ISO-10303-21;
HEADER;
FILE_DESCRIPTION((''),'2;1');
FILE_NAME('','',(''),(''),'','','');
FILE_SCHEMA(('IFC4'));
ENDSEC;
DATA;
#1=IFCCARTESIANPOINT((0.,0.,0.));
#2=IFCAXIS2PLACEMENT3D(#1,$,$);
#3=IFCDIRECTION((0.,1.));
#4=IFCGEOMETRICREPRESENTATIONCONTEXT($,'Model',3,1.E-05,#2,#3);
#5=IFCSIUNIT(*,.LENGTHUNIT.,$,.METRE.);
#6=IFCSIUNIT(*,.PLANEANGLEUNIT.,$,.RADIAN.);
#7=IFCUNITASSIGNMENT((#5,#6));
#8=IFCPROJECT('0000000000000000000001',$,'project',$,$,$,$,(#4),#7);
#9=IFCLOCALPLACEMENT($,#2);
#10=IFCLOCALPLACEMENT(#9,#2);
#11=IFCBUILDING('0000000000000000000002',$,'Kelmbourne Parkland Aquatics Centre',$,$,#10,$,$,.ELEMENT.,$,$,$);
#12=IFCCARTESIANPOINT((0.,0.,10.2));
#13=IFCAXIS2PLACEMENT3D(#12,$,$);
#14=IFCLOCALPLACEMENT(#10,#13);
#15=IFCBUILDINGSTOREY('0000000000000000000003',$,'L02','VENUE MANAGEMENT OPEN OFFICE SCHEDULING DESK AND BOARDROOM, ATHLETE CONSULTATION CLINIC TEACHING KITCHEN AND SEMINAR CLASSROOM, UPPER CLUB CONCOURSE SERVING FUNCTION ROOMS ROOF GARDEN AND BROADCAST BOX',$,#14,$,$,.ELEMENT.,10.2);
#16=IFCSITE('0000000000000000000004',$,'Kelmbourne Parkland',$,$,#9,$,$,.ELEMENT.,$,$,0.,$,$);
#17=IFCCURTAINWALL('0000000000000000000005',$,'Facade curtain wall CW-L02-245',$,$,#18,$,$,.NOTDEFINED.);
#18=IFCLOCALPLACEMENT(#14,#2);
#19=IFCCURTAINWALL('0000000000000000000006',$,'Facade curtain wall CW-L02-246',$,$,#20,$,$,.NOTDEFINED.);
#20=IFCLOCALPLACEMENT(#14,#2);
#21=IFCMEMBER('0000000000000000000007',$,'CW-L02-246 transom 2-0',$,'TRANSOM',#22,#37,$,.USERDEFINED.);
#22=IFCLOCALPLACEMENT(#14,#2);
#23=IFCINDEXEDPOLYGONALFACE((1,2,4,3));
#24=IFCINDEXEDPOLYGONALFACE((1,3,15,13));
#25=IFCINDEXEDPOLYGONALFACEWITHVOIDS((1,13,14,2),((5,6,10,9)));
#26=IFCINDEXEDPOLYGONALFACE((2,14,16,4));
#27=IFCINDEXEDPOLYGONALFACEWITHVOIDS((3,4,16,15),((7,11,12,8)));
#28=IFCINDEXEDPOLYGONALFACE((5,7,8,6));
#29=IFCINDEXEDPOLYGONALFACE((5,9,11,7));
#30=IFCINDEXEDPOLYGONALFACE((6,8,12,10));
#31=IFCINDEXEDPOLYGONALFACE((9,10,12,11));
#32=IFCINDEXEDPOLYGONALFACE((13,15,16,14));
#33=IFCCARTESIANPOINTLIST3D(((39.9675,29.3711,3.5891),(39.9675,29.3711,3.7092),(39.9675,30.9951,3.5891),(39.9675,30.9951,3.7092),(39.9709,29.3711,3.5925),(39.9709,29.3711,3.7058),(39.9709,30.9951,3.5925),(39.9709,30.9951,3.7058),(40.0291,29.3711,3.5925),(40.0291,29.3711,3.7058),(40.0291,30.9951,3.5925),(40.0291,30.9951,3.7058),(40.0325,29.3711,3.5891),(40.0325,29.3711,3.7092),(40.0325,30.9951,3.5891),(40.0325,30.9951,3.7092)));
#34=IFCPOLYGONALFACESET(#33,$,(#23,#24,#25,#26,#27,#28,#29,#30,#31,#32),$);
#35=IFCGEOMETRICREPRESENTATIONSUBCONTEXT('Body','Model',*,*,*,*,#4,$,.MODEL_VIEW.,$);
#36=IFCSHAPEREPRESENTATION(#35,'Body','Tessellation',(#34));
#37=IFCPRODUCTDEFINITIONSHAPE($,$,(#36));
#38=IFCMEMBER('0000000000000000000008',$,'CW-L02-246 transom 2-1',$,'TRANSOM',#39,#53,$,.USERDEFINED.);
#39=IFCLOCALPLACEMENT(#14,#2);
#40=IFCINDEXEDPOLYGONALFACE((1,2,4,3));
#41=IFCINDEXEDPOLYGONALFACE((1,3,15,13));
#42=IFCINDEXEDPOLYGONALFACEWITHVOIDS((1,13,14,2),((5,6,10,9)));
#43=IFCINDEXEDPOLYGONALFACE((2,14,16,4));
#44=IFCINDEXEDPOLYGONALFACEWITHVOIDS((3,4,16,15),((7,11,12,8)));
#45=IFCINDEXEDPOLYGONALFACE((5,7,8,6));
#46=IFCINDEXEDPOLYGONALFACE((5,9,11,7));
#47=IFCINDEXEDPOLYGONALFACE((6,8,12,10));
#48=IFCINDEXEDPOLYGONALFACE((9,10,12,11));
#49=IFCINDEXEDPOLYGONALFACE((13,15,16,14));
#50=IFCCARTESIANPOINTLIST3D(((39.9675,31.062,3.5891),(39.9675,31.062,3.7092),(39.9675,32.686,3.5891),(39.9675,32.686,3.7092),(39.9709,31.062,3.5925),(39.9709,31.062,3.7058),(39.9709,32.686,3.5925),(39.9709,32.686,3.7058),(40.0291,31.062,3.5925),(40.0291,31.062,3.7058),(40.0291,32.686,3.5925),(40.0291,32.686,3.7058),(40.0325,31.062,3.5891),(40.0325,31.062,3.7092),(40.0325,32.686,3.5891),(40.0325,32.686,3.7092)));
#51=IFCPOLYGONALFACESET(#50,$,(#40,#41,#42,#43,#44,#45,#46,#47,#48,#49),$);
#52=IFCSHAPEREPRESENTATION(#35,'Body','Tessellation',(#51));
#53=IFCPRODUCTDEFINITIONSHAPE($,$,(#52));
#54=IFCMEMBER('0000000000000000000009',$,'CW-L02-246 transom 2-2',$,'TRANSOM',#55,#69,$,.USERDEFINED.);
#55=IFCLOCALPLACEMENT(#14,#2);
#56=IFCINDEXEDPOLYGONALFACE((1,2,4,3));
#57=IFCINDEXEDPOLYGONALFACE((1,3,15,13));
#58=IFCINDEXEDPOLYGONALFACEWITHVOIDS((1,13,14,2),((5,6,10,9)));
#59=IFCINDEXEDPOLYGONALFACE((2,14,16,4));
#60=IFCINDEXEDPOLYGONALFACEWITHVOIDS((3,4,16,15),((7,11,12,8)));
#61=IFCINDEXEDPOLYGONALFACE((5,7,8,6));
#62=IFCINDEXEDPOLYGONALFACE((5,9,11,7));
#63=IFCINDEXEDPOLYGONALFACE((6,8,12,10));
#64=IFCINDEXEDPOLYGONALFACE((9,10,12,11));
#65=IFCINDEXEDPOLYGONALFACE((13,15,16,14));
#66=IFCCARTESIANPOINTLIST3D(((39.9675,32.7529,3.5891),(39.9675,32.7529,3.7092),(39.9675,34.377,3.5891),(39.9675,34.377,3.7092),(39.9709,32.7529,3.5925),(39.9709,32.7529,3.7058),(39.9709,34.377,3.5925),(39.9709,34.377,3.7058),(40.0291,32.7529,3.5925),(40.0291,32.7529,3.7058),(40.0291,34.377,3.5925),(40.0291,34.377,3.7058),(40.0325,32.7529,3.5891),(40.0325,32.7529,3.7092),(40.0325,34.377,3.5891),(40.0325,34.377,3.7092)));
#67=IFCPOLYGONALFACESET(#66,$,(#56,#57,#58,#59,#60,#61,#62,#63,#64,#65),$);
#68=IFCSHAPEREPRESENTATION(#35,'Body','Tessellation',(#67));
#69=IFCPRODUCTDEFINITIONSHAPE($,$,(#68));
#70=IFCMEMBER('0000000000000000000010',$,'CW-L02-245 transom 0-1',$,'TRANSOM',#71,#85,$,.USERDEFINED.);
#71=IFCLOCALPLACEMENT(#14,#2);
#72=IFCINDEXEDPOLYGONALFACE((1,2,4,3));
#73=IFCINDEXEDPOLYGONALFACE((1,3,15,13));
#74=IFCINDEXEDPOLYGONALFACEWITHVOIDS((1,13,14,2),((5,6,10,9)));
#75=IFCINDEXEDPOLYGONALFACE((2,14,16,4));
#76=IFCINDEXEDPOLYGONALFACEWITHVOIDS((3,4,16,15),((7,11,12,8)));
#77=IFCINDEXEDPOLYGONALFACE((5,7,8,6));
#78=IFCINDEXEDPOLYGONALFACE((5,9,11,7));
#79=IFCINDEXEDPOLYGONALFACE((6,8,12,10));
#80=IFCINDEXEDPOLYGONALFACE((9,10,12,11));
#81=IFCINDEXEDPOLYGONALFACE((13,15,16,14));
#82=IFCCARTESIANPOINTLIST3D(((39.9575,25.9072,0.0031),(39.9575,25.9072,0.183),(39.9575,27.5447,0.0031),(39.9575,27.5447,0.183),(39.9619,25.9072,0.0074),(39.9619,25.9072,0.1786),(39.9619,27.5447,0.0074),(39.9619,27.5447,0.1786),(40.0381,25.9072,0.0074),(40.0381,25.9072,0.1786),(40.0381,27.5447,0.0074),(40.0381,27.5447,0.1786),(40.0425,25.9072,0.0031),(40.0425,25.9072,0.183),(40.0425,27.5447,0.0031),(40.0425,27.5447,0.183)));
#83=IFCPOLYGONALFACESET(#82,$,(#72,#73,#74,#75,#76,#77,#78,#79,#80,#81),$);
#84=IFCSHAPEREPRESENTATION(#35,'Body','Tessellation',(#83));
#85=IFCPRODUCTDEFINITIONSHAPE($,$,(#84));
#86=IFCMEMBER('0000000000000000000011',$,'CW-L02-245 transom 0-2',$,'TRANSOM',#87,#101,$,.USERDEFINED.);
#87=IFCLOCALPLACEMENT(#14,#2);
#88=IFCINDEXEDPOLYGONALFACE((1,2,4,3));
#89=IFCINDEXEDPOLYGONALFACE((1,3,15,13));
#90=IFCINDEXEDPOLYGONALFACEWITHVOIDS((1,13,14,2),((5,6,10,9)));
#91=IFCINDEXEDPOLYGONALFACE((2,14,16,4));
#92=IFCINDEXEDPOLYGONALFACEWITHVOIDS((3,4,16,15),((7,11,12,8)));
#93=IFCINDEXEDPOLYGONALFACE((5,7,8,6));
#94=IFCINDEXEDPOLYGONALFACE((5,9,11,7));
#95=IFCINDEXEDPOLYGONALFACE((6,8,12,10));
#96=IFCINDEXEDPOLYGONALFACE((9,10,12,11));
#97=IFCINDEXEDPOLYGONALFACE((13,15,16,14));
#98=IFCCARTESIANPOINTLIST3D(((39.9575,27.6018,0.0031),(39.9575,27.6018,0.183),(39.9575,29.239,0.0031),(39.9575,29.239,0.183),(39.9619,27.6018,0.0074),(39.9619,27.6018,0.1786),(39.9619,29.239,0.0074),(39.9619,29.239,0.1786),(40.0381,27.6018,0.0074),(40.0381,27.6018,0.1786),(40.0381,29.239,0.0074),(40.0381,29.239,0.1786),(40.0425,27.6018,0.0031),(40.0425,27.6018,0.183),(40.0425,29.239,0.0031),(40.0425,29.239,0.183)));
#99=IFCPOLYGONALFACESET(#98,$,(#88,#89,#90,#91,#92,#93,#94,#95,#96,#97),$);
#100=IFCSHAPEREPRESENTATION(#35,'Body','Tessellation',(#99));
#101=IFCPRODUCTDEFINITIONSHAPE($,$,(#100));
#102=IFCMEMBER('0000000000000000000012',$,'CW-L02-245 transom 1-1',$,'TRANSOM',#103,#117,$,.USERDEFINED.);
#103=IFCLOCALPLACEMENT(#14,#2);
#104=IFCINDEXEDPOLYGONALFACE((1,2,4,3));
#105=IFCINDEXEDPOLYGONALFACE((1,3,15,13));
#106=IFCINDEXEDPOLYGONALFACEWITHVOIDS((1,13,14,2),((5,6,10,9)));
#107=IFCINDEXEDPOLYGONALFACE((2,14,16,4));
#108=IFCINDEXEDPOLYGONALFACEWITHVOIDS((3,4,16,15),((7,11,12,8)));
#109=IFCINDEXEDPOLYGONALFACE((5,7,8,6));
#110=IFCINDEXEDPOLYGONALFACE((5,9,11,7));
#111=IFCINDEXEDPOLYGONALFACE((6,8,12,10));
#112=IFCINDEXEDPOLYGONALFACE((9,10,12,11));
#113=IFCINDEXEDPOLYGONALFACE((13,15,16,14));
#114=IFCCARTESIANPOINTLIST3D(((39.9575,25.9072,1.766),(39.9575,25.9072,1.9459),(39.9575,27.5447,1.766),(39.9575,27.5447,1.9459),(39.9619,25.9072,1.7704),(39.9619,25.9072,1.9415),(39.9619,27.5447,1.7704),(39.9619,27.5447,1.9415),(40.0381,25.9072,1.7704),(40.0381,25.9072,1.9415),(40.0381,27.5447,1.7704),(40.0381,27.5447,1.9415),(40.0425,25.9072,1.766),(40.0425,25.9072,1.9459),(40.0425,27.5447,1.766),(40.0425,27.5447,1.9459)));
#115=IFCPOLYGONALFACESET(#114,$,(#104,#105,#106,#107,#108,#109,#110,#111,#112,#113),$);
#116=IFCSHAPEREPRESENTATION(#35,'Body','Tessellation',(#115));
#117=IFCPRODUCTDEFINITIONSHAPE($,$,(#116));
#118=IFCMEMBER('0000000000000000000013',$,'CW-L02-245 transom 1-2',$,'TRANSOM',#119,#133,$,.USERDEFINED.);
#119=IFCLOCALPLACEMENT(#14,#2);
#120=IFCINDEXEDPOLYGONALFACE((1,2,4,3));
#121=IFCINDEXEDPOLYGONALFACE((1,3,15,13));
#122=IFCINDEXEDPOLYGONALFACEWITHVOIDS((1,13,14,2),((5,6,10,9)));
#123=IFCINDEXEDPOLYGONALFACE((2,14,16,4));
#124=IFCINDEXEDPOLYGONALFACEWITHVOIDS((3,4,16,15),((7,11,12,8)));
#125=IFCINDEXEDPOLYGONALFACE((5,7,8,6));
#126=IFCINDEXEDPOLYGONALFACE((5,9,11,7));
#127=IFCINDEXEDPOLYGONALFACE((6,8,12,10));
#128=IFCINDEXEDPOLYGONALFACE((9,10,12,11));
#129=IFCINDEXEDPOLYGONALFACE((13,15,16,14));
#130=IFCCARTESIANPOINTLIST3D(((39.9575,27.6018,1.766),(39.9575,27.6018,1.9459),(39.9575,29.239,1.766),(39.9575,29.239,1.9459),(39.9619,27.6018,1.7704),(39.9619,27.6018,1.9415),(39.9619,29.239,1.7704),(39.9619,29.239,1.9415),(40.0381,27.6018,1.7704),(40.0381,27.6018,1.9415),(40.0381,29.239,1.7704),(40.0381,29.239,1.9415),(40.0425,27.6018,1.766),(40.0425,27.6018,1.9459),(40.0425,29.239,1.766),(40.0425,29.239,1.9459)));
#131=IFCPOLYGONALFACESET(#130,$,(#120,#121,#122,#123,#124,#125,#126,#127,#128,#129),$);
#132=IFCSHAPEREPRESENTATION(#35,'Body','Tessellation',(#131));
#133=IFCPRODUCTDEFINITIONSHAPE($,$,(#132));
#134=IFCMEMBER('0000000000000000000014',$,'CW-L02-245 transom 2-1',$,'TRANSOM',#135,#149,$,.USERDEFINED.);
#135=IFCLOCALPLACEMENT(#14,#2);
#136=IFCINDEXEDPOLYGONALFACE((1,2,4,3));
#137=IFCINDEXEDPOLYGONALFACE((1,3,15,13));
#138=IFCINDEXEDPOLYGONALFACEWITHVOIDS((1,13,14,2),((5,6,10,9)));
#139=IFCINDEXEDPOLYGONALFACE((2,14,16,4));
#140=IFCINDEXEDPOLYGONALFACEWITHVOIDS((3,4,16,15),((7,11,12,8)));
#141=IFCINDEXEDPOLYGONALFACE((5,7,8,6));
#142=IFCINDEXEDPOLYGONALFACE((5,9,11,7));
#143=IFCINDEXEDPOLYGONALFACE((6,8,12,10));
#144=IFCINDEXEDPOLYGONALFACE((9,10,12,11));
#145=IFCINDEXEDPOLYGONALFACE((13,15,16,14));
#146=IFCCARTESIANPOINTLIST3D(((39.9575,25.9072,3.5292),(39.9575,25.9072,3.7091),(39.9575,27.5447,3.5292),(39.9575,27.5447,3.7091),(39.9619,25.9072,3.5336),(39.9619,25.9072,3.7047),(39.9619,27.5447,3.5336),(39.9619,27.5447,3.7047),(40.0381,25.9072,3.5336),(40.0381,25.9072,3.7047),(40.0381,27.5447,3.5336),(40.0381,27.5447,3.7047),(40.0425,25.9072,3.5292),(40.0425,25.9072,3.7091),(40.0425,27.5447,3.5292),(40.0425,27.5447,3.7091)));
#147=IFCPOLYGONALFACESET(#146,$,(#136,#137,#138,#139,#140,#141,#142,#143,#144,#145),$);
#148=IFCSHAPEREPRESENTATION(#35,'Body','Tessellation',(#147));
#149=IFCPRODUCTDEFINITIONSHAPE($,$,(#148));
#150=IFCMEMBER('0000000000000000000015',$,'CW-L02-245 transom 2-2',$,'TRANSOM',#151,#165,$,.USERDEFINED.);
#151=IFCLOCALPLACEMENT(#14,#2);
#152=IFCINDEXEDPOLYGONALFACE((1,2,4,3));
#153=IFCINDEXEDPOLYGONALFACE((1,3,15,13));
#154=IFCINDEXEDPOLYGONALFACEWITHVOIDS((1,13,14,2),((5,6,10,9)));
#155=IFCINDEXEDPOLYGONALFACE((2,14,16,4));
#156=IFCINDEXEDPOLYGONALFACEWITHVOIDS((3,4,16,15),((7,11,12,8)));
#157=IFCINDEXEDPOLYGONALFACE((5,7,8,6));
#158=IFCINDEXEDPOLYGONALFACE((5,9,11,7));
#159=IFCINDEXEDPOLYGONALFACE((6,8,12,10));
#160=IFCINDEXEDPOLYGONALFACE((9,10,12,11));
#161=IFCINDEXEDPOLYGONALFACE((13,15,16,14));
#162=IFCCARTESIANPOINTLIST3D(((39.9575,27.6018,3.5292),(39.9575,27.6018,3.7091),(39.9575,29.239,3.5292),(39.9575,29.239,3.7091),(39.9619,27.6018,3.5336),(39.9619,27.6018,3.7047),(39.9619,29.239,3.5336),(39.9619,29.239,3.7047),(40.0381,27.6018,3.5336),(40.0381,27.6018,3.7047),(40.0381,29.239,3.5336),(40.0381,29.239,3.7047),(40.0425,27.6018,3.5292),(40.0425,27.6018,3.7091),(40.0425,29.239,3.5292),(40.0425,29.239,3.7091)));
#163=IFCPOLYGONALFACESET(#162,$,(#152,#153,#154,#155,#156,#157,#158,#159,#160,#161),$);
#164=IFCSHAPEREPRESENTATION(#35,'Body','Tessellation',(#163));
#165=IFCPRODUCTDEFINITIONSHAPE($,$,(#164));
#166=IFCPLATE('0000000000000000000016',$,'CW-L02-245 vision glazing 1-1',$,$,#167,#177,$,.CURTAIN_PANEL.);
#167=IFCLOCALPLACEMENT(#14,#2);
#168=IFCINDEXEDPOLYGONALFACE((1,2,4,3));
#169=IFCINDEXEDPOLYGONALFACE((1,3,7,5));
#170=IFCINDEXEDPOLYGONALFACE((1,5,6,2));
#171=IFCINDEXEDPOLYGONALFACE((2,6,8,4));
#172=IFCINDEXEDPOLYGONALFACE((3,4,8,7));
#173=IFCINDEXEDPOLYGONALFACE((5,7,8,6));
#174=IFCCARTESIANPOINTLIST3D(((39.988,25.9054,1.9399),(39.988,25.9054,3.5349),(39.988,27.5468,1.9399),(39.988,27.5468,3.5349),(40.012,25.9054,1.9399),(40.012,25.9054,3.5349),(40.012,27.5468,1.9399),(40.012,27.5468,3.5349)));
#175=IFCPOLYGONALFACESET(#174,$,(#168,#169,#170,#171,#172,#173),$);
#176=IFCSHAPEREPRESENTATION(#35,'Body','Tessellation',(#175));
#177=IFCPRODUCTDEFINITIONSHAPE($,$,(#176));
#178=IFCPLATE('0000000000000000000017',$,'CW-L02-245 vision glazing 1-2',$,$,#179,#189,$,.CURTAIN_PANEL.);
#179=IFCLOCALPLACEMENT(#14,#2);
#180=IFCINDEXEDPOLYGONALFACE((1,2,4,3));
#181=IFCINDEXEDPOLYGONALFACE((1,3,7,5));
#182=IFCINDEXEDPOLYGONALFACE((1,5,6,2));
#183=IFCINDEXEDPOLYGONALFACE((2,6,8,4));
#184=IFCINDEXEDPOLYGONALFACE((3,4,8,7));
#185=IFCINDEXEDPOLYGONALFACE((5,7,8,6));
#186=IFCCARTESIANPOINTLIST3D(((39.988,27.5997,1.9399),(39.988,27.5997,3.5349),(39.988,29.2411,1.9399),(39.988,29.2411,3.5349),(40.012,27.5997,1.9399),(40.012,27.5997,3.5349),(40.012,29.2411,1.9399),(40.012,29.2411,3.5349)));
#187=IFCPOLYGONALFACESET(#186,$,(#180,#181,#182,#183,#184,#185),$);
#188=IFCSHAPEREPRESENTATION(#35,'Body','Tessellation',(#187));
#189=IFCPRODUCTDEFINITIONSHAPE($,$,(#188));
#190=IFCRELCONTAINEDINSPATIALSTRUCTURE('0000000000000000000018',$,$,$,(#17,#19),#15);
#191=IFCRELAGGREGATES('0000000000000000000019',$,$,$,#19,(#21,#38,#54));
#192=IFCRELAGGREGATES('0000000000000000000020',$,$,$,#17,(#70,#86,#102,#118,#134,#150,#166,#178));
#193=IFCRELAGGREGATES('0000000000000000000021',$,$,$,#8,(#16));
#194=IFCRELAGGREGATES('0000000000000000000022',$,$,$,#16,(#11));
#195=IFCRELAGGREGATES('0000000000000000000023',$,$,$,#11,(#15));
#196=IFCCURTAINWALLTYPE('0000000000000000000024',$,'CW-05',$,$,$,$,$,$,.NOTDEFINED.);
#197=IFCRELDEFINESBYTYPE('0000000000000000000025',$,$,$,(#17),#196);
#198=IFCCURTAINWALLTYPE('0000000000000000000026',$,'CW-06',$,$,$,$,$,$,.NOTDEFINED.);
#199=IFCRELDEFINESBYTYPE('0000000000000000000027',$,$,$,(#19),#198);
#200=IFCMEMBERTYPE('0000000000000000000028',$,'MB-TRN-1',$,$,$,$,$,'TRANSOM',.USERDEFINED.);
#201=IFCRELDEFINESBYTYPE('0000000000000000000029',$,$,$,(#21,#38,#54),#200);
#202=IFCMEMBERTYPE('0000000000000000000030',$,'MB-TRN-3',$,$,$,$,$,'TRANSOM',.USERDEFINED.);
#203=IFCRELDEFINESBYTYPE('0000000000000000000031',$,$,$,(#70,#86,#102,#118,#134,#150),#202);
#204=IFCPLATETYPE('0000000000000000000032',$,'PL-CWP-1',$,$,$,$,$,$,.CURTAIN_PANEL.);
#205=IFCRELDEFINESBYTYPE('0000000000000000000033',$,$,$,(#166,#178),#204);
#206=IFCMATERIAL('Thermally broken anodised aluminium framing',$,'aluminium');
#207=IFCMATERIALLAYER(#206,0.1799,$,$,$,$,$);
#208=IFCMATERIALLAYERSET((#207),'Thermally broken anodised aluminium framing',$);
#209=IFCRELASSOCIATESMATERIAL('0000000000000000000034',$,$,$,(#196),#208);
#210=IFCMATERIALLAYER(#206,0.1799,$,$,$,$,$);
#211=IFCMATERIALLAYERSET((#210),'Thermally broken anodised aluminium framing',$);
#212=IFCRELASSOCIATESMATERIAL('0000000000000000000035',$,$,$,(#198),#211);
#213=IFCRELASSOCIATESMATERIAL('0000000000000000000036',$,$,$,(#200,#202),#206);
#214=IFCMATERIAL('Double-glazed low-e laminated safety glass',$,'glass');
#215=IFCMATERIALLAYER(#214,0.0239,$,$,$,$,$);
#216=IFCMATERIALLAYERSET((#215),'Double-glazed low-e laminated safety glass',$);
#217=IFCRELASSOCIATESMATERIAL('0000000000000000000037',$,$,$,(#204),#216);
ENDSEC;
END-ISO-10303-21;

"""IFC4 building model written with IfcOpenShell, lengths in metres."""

from ifc_helpers import new_model, si_unit, direction, frame, origin, origin_2d, place, context, subcontext, project, spatial, rectangle, hollow_rectangle, extrude, material, layer, layer_set, material_profile, profile_set, type_object, element, aggregate, save


model = new_model("IFC4")

# Units and contexts
model_context = context("Model", 3, precision=1e-05, world=origin(), true_north=direction((0.0, 1.0)))
body_context = subcontext(model_context, "Body", "Model", "MODEL_VIEW")
ifc_project = project(units=[si_unit("LENGTHUNIT", "METRE"), si_unit("PLANEANGLEUNIT", "RADIAN")], contexts=[model_context])

# Site, building, storey
site_placement = place(None, origin())
site = spatial("IfcSite", under=ifc_project, at=site_placement, Name="Kelmbourne Parkland", CompositionType="ELEMENT", RefElevation=0.0)
building_placement = place(site_placement, origin())
building = spatial("IfcBuilding", under=site, at=building_placement, Name="Kelmbourne Parkland Aquatics Centre", CompositionType="ELEMENT")
storey_placement = place(building_placement, frame((0.0, 0.0, 10.2)))
storey = spatial("IfcBuildingStorey", under=building, at=storey_placement, Name="L02", Description="VENUE MANAGEMENT OPEN OFFICE SCHEDULING DESK AND BOARDROOM, ATHLETE CONSULTATION CLINIC TEACHING KITCHEN AND SEMINAR CLASSROOM, UPPER CLUB CONCOURSE SERVING FUNCTION ROOMS ROOF GARDEN AND BROADCAST BOX", CompositionType="ELEMENT", Elevation=10.2)

# Curtain walls, members
ifc_material_1 = material(Name="Thermally broken anodised aluminium framing", Category="aluminium")
ifc_layer_1 = layer(ifc_material_1, 0.1799)
ifc_layer_set_1 = layer_set([ifc_layer_1], Name="Thermally broken anodised aluminium framing")
curtain_wall_type_1 = type_object("IfcCurtainWallType", Name="CW-05", PredefinedType="NOTDEFINED", material=ifc_layer_set_1)
curtain_wall_1_placement = place(storey_placement, origin())
curtain_wall_1 = element("IfcCurtainWall", 1, at=curtain_wall_1_placement, inside=storey, type_object=curtain_wall_type_1, Name="Facade curtain wall CW-L02-245", PredefinedType="NOTDEFINED")
ifc_layer_2 = layer(ifc_material_1, 0.1799)
ifc_layer_set_2 = layer_set([ifc_layer_2], Name="Thermally broken anodised aluminium framing")
curtain_wall_type_2 = type_object("IfcCurtainWallType", Name="CW-06", PredefinedType="NOTDEFINED", material=ifc_layer_set_2)
curtain_wall_2_placement = place(storey_placement, origin())
curtain_wall_2 = element("IfcCurtainWall", 2, at=curtain_wall_2_placement, inside=storey, type_object=curtain_wall_type_2, Name="Facade curtain wall CW-L02-246", PredefinedType="NOTDEFINED")
ifc_material_profile_1 = material_profile(ifc_material_1, hollow_rectangle(XDim=0.0649, YDim=0.1201, WallThickness=0.0034, at=origin_2d()), Name="CW-T 65x120")
ifc_profile_set_1 = profile_set([ifc_material_profile_1], Name="Thermally broken anodised aluminium framing")
member_type_1 = type_object("IfcMemberType", Name="MB-TRN-1", ElementType="TRANSOM", PredefinedType="USERDEFINED", material=ifc_profile_set_1)
member_1_placement = place(storey_placement, frame((40.0, 29.3711, 3.6492), z_axis=(0.0, 1.0, 0.0), x_axis=(-1.0, 0.0, 0.0)))
member_1 = element("IfcMember", 3, at=member_1_placement, type_object=member_type_1, Name="CW-L02-246 transom 2-0", ObjectType="TRANSOM", PredefinedType="USERDEFINED", context=body_context, shape_type="SweptSolid", body=[
    extrude(hollow_rectangle(XDim=0.0649, YDim=0.1201, WallThickness=0.0034, at=origin_2d()), origin(), (0.0, 0.0, 1.0), 1.624),
])
member_2_placement = place(storey_placement, frame((40.0, 31.062, 3.6492), z_axis=(0.0, 1.0, 0.0), x_axis=(-1.0, 0.0, 0.0)))
member_2 = element("IfcMember", 4, at=member_2_placement, type_object=member_type_1, Name="CW-L02-246 transom 2-1", ObjectType="TRANSOM", PredefinedType="USERDEFINED", context=body_context, shape_type="SweptSolid", body=[
    extrude(hollow_rectangle(XDim=0.0649, YDim=0.1201, WallThickness=0.0034, at=origin_2d()), origin(), (0.0, 0.0, 1.0), 1.624),
])
member_3_placement = place(storey_placement, frame((40.0, 32.7529, 3.6492), z_axis=(0.0, 1.0, 0.0), x_axis=(-1.0, 0.0, 0.0)))
member_3 = element("IfcMember", 5, at=member_3_placement, type_object=member_type_1, Name="CW-L02-246 transom 2-2", ObjectType="TRANSOM", PredefinedType="USERDEFINED", context=body_context, shape_type="SweptSolid", body=[
    extrude(hollow_rectangle(XDim=0.0649, YDim=0.1201, WallThickness=0.0034, at=origin_2d()), origin(), (0.0, 0.0, 1.0), 1.624),
])

# Members
ifc_material_profile_2 = material_profile(ifc_material_1, hollow_rectangle(XDim=0.085, YDim=0.1799, WallThickness=0.0044, at=origin_2d()), Name="CW-T 85x180")
ifc_profile_set_2 = profile_set([ifc_material_profile_2], Name="Thermally broken anodised aluminium framing")
member_type_2 = type_object("IfcMemberType", Name="MB-TRN-3", ElementType="TRANSOM", PredefinedType="USERDEFINED", material=ifc_profile_set_2)
member_4_placement = place(storey_placement, frame((40.0, 25.9072, 0.093), z_axis=(0.0, 1.0, 0.0), x_axis=(-1.0, 0.0, 0.0)))
member_4 = element("IfcMember", 6, at=member_4_placement, type_object=member_type_2, Name="CW-L02-245 transom 0-1", ObjectType="TRANSOM", PredefinedType="USERDEFINED", context=body_context, shape_type="SweptSolid", body=[
    extrude(hollow_rectangle(XDim=0.085, YDim=0.1799, WallThickness=0.0044, at=origin_2d()), origin(), (0.0, 0.0, 1.0), 1.6375),
])
member_5_placement = place(storey_placement, frame((40.0, 27.6018, 0.093), z_axis=(0.0, 1.0, 0.0), x_axis=(-1.0, 0.0, 0.0)))
member_5 = element("IfcMember", 7, at=member_5_placement, type_object=member_type_2, Name="CW-L02-245 transom 0-2", ObjectType="TRANSOM", PredefinedType="USERDEFINED", context=body_context, shape_type="SweptSolid", body=[
    extrude(hollow_rectangle(XDim=0.085, YDim=0.1799, WallThickness=0.0044, at=origin_2d()), origin(), (0.0, 0.0, 1.0), 1.6372),
])
member_6_placement = place(storey_placement, frame((40.0, 25.9072, 1.856), z_axis=(0.0, 1.0, 0.0), x_axis=(-1.0, 0.0, 0.0)))
member_6 = element("IfcMember", 8, at=member_6_placement, type_object=member_type_2, Name="CW-L02-245 transom 1-1", ObjectType="TRANSOM", PredefinedType="USERDEFINED", context=body_context, shape_type="SweptSolid", body=[
    extrude(hollow_rectangle(XDim=0.085, YDim=0.1799, WallThickness=0.0044, at=origin_2d()), origin(), (0.0, 0.0, 1.0), 1.6375),
])
member_7_placement = place(storey_placement, frame((40.0, 27.6018, 1.856), z_axis=(0.0, 1.0, 0.0), x_axis=(-1.0, 0.0, 0.0)))
member_7 = element("IfcMember", 9, at=member_7_placement, type_object=member_type_2, Name="CW-L02-245 transom 1-2", ObjectType="TRANSOM", PredefinedType="USERDEFINED", context=body_context, shape_type="SweptSolid", body=[
    extrude(hollow_rectangle(XDim=0.085, YDim=0.1799, WallThickness=0.0044, at=origin_2d()), origin(), (0.0, 0.0, 1.0), 1.6372),
])
member_8_placement = place(storey_placement, frame((40.0, 25.9072, 3.6191), z_axis=(0.0, 1.0, 0.0), x_axis=(-1.0, 0.0, 0.0)))
member_8 = element("IfcMember", 10, at=member_8_placement, type_object=member_type_2, Name="CW-L02-245 transom 2-1", ObjectType="TRANSOM", PredefinedType="USERDEFINED", context=body_context, shape_type="SweptSolid", body=[
    extrude(hollow_rectangle(XDim=0.085, YDim=0.1799, WallThickness=0.0044, at=origin_2d()), origin(), (0.0, 0.0, 1.0), 1.6375),
])
member_9_placement = place(storey_placement, frame((40.0, 27.6018, 3.6191), z_axis=(0.0, 1.0, 0.0), x_axis=(-1.0, 0.0, 0.0)))
member_9 = element("IfcMember", 11, at=member_9_placement, type_object=member_type_2, Name="CW-L02-245 transom 2-2", ObjectType="TRANSOM", PredefinedType="USERDEFINED", context=body_context, shape_type="SweptSolid", body=[
    extrude(hollow_rectangle(XDim=0.085, YDim=0.1799, WallThickness=0.0044, at=origin_2d()), origin(), (0.0, 0.0, 1.0), 1.6372),
])

# Plates
ifc_material_2 = material(Name="Double-glazed low-e laminated safety glass", Category="glass")
ifc_layer_3 = layer(ifc_material_2, 0.0239)
ifc_layer_set_3 = layer_set([ifc_layer_3], Name="Double-glazed low-e laminated safety glass")
plate_type_1 = type_object("IfcPlateType", Name="PL-CWP-1", PredefinedType="CURTAIN_PANEL", material=ifc_layer_set_3)
plate_1_placement = place(storey_placement, frame((40.0, 26.7261, 1.9399), z_axis=(0.0, 0.0, 1.0), x_axis=(0.0, 1.0, 0.0)))
plate_1 = element("IfcPlate", 12, at=plate_1_placement, type_object=plate_type_1, Name="CW-L02-245 vision glazing 1-1", PredefinedType="CURTAIN_PANEL", context=body_context, shape_type="SweptSolid", body=[
    extrude(rectangle(XDim=1.6414, YDim=0.0239, at=origin_2d()), origin(), (0.0, 0.0, 1.0), 1.595),
])
plate_2_placement = place(storey_placement, frame((40.0, 28.4204, 1.9399), z_axis=(0.0, 0.0, 1.0), x_axis=(0.0, 1.0, 0.0)))
plate_2 = element("IfcPlate", 13, at=plate_2_placement, type_object=plate_type_1, Name="CW-L02-245 vision glazing 1-2", PredefinedType="CURTAIN_PANEL", context=body_context, shape_type="SweptSolid", body=[
    extrude(rectangle(XDim=1.6414, YDim=0.0239, at=origin_2d()), origin(), (0.0, 0.0, 1.0), 1.595),
])
aggregate(curtain_wall_2, [member_1, member_2, member_3])
aggregate(curtain_wall_1, [member_4, member_5, member_6, member_7, member_8, member_9, plate_1, plate_2])

save(model, "model.ifc")
